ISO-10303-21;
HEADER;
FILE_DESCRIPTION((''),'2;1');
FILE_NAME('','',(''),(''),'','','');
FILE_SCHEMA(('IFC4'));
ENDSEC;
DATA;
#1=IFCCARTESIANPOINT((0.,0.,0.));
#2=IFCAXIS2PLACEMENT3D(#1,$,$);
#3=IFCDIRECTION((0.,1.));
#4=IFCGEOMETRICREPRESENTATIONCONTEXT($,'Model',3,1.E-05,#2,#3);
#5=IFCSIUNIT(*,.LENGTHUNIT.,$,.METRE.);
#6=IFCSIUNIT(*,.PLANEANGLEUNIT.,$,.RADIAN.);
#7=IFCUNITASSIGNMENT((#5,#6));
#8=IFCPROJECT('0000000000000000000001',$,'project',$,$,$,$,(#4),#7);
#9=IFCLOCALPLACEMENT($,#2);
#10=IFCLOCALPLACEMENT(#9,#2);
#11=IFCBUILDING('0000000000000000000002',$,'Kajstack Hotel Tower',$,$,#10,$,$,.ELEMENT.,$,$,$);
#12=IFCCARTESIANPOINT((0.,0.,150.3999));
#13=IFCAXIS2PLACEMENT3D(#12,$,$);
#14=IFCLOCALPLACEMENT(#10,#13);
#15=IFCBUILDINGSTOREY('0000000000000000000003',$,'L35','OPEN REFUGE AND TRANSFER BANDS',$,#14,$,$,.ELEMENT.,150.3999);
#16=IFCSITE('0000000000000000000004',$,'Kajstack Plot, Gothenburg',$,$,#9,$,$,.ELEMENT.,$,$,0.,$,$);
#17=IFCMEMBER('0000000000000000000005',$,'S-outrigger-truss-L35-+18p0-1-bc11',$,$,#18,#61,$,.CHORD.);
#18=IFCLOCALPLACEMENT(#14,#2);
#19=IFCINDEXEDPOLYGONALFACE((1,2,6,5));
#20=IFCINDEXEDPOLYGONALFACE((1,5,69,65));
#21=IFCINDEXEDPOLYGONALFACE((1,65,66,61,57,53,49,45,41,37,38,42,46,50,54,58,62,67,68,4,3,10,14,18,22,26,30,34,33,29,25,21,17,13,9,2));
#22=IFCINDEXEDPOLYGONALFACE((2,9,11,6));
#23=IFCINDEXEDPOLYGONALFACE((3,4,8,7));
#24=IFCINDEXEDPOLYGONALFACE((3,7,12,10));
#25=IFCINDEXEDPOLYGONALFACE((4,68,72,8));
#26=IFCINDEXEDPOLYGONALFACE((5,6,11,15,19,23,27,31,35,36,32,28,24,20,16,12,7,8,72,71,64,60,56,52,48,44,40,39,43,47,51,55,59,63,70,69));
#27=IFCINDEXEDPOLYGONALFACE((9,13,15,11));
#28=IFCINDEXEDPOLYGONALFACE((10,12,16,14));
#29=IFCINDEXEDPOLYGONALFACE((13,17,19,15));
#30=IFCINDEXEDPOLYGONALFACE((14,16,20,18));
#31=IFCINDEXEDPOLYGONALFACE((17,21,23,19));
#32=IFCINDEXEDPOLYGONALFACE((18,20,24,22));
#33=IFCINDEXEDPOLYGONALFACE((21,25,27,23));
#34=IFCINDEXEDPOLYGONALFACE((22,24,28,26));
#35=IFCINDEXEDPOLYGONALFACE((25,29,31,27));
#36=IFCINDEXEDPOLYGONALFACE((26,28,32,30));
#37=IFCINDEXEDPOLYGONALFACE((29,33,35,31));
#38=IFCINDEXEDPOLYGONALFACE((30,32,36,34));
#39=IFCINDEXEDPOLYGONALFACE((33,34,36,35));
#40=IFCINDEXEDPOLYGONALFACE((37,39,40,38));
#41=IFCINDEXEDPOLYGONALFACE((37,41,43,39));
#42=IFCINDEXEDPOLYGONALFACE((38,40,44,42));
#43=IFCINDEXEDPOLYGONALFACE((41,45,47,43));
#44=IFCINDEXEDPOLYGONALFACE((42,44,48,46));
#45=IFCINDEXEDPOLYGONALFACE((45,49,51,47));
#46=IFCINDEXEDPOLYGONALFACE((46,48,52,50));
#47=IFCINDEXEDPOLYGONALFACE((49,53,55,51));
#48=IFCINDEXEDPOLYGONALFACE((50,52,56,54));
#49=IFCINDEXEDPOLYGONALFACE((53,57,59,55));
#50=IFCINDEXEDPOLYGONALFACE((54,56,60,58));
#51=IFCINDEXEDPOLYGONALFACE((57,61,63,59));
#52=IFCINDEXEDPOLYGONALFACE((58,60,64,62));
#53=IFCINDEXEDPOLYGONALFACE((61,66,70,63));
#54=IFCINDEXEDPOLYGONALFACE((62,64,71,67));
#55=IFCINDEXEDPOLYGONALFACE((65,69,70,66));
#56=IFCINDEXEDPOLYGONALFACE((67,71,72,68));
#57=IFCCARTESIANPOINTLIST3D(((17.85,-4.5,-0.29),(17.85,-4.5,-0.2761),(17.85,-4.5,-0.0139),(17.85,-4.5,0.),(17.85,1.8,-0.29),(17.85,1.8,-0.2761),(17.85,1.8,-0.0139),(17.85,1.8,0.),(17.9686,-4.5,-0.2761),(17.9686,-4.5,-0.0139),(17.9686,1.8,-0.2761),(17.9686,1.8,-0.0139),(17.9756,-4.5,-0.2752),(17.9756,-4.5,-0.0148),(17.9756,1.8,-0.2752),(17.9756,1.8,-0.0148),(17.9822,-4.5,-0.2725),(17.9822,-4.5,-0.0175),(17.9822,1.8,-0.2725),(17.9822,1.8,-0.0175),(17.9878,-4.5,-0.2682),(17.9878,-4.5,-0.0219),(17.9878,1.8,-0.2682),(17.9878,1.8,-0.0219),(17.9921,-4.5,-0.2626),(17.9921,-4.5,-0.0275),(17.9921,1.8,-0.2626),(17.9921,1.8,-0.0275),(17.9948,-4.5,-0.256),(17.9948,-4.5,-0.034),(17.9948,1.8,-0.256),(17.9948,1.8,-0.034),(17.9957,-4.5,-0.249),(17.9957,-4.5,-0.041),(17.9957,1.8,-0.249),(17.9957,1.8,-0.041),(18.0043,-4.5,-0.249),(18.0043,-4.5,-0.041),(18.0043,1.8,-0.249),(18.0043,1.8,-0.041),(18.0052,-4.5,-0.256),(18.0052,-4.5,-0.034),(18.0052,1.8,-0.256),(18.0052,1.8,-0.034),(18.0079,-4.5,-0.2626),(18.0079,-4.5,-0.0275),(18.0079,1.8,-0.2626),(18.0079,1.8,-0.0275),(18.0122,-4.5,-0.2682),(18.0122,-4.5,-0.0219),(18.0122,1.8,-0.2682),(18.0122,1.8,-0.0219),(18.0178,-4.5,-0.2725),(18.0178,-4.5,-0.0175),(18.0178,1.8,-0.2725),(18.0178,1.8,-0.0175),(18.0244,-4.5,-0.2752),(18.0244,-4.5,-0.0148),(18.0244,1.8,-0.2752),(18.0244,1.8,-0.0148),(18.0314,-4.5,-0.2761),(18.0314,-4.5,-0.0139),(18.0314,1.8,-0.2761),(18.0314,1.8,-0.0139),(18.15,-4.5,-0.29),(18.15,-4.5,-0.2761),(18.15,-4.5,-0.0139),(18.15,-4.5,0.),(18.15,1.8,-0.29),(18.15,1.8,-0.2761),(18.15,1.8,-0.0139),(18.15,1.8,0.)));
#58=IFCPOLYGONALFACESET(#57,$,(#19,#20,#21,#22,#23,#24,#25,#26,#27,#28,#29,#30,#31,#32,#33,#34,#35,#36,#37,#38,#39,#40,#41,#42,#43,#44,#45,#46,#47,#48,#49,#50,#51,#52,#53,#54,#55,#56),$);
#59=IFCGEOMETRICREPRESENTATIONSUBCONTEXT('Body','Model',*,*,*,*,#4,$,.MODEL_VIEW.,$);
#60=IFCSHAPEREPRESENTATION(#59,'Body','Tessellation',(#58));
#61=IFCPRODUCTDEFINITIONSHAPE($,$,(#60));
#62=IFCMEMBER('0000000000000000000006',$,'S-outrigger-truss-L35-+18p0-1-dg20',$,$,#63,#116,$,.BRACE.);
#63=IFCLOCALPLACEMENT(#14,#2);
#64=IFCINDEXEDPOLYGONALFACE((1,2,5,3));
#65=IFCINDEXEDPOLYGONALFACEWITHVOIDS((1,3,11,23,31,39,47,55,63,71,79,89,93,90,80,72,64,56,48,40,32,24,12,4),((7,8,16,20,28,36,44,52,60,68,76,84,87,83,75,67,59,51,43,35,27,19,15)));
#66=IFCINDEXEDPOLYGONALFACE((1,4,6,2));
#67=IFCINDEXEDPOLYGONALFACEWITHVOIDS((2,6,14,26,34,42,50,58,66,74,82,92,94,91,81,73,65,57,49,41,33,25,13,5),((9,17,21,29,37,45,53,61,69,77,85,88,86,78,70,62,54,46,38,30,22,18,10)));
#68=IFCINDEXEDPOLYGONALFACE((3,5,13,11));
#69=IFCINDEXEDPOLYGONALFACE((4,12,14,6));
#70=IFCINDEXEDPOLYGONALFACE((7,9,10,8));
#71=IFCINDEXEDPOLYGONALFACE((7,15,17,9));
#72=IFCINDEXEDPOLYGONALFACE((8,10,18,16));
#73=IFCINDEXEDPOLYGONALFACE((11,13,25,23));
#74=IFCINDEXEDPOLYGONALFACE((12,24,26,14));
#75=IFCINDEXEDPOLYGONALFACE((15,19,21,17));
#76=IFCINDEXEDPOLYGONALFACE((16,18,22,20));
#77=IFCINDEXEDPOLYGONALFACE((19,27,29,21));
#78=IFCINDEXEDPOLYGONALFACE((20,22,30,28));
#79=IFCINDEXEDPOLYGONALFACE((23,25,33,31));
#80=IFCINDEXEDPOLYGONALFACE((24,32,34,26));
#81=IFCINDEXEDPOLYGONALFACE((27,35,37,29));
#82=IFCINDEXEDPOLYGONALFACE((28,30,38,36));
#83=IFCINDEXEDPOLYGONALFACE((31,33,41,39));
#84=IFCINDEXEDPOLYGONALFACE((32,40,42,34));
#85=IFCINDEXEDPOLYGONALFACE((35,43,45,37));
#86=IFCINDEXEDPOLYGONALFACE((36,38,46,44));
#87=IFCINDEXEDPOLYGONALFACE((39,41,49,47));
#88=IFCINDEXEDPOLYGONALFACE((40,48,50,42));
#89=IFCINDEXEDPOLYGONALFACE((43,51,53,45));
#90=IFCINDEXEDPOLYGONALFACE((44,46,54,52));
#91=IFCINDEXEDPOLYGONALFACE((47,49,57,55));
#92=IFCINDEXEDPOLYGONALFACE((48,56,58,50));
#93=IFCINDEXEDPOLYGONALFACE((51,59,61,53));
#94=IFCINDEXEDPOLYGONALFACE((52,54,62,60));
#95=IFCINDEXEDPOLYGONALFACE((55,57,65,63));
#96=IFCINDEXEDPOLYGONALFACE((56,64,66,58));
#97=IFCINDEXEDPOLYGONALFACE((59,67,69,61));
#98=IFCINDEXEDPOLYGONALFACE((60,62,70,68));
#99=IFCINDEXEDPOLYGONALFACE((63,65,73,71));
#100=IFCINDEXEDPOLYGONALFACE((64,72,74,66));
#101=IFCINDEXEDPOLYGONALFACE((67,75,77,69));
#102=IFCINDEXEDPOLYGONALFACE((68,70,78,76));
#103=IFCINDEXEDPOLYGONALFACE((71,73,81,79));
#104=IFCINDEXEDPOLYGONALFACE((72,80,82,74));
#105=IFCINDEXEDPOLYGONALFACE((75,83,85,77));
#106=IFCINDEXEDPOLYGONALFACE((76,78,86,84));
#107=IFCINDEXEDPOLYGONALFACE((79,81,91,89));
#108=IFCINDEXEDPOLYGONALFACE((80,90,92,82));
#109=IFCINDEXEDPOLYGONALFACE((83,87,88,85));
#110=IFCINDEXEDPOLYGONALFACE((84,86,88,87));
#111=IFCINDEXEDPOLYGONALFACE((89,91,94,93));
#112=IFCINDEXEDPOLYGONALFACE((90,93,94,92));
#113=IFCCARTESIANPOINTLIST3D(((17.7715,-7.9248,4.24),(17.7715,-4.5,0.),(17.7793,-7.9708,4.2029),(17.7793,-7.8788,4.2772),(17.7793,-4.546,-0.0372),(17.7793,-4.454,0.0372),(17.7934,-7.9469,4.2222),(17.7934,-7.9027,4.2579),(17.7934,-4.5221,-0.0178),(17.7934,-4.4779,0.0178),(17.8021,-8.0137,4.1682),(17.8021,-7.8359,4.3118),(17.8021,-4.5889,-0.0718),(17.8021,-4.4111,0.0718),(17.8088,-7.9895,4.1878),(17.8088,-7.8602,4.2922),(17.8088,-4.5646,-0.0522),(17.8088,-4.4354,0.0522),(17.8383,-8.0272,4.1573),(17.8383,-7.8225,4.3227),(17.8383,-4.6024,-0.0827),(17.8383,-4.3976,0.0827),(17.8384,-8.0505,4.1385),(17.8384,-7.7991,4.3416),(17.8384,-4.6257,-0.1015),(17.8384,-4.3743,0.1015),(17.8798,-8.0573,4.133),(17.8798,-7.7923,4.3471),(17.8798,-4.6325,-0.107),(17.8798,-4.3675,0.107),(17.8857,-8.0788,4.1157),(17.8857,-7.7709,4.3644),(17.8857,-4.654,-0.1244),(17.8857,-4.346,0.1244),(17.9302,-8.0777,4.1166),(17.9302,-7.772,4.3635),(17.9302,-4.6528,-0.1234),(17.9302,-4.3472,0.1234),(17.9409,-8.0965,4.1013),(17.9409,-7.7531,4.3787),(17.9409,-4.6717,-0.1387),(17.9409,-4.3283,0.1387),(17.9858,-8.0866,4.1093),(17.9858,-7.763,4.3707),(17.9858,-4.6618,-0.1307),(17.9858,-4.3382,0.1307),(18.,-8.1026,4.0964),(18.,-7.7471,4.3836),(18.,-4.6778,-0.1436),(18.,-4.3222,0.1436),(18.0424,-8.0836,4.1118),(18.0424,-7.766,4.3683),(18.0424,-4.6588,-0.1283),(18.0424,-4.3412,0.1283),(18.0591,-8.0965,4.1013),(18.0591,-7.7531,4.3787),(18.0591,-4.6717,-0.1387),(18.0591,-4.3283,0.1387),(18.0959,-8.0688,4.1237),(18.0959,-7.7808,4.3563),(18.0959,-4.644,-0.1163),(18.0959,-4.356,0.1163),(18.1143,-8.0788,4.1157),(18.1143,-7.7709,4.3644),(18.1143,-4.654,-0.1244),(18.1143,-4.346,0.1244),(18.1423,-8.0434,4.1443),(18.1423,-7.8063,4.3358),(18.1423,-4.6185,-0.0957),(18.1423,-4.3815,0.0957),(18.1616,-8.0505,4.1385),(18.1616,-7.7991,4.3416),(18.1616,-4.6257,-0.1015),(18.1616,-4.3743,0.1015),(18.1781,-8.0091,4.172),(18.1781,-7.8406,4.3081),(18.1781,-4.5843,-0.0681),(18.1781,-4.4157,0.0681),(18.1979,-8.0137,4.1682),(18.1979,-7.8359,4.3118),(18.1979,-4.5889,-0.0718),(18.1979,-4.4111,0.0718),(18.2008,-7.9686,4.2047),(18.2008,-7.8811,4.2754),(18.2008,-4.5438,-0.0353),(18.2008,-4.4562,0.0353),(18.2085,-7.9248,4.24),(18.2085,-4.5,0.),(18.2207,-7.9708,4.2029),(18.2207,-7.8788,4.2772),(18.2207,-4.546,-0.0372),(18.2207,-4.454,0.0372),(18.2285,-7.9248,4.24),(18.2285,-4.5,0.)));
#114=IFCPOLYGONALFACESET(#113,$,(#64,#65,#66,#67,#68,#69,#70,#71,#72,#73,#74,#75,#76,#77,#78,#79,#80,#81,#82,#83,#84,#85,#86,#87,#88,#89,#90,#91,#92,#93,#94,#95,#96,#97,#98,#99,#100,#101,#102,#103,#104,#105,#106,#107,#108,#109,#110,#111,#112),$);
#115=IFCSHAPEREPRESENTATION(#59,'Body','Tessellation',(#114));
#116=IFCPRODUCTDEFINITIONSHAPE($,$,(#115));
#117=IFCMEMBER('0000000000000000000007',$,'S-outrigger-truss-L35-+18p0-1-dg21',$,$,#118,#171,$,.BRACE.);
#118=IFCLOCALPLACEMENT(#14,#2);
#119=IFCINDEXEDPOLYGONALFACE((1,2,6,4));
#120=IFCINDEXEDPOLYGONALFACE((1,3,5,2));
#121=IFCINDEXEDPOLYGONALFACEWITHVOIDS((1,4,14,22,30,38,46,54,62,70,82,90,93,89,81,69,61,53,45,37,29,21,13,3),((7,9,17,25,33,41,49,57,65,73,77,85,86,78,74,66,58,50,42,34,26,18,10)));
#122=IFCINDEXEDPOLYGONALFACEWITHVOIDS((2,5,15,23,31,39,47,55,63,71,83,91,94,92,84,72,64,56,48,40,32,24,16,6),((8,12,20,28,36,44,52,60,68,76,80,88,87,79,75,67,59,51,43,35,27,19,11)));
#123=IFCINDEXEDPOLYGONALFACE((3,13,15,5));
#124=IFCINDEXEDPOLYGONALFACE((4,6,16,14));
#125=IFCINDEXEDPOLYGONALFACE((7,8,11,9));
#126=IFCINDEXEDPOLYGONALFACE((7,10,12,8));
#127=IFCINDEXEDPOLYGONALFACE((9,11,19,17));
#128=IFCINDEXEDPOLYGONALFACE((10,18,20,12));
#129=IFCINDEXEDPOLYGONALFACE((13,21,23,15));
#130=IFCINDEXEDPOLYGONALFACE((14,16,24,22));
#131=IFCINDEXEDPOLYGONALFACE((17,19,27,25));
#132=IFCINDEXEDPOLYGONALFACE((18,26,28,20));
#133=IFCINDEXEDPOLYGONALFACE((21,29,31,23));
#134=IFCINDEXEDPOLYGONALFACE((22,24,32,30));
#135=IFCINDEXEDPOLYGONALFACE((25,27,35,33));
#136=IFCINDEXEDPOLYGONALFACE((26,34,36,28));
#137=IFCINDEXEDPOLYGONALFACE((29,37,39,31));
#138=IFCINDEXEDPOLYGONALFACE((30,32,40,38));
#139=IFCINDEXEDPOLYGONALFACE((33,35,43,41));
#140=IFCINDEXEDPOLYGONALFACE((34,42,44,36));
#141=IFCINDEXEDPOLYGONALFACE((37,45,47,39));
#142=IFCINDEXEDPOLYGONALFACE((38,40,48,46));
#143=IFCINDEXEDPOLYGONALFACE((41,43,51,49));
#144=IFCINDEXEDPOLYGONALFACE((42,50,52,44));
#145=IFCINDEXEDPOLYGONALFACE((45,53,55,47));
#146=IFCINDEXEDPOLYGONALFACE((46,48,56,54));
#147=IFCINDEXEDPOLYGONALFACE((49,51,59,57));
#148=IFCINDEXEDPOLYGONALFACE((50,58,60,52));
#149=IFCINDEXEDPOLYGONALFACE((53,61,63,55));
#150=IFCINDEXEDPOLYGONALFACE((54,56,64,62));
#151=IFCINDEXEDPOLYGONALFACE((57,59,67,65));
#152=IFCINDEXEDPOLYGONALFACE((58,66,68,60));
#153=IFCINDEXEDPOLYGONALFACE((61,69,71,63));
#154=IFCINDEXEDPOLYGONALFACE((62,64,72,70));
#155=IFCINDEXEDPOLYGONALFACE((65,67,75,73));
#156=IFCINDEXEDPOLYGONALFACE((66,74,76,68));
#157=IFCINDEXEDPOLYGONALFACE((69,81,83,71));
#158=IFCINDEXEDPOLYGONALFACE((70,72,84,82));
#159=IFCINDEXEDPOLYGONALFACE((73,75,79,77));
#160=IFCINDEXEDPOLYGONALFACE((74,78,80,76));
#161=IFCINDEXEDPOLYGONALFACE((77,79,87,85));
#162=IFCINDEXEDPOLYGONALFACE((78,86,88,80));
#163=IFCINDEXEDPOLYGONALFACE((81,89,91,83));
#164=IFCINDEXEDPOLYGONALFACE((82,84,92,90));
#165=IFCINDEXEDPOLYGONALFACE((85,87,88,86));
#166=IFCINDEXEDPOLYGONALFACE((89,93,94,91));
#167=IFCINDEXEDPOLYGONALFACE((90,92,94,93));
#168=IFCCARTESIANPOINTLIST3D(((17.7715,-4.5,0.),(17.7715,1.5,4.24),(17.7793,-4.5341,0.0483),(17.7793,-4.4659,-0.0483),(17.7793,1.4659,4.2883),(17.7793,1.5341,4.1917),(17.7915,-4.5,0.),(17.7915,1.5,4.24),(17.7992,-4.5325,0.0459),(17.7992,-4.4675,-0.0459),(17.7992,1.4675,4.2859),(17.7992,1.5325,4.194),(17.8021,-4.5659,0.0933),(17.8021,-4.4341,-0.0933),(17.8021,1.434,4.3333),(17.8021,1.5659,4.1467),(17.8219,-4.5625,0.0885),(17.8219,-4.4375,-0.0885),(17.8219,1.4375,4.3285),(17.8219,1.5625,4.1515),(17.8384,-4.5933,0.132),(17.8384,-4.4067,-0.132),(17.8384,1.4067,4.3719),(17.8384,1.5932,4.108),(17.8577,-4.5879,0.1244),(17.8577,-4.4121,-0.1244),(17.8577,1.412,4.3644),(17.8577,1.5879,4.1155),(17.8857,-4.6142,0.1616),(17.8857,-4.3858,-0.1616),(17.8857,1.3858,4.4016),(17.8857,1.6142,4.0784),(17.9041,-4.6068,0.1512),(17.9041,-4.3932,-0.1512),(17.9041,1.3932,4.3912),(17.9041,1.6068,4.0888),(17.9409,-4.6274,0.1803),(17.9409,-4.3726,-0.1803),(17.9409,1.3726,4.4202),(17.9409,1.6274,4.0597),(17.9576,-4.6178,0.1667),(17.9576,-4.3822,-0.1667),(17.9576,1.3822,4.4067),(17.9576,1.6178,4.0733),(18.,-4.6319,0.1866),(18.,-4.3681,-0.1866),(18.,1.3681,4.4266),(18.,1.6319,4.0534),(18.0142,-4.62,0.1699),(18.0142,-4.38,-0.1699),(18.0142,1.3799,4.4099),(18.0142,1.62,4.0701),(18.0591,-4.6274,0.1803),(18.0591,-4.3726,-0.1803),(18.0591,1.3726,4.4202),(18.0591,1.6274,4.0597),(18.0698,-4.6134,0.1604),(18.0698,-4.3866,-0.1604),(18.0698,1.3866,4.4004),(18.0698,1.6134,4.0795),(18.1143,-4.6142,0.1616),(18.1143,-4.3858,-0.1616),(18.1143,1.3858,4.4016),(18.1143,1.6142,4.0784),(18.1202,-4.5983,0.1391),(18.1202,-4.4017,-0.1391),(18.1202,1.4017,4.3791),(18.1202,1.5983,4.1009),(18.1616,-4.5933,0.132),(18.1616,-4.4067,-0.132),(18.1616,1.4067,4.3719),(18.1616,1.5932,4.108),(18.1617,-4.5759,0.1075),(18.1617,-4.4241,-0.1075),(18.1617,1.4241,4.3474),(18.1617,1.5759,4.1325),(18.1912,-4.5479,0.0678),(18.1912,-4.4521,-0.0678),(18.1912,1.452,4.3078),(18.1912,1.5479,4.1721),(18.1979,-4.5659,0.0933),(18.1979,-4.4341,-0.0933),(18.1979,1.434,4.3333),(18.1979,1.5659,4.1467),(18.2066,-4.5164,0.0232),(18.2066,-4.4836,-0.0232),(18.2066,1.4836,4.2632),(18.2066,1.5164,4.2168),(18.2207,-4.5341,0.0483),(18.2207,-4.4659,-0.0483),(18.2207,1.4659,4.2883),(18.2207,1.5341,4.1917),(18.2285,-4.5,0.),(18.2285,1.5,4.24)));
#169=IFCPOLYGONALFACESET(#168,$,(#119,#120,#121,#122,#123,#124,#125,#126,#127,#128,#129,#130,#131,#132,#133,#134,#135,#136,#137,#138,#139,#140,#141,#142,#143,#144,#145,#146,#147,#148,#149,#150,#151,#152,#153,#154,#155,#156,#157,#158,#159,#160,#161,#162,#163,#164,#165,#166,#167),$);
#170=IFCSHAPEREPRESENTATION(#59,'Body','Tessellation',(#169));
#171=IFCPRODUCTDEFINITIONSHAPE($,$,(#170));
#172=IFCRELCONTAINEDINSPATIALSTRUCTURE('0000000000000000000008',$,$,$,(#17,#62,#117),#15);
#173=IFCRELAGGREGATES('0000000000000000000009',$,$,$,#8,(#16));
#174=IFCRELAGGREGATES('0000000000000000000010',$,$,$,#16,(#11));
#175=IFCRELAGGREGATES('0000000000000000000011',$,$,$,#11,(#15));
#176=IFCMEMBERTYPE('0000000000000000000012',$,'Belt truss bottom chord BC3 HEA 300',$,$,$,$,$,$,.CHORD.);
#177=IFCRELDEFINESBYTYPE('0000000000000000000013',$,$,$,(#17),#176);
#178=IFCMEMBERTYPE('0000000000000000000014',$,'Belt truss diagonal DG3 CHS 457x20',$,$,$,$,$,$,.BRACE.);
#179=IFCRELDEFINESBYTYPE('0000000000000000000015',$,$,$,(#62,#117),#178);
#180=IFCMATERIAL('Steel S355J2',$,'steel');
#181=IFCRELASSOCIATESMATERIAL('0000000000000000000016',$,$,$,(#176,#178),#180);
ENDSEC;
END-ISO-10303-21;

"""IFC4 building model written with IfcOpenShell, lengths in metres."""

from ifc_helpers import new_model, si_unit, direction, frame, origin, origin_2d, place, context, subcontext, project, spatial, hollow_circle, i_section, extrude, material, material_profile, profile_set, type_object, element, save


model = new_model("IFC4")

# Units and contexts
model_context = context("Model", 3, precision=1e-05, world=origin(), true_north=direction((0.0, 1.0)))
body_context = subcontext(model_context, "Body", "Model", "MODEL_VIEW")
ifc_project = project(units=[si_unit("LENGTHUNIT", "METRE"), si_unit("PLANEANGLEUNIT", "RADIAN")], contexts=[model_context])

# Site, building, storey
site_placement = place(None, origin())
site = spatial("IfcSite", under=ifc_project, at=site_placement, Name="Kajstack Plot, Gothenburg", CompositionType="ELEMENT", RefElevation=0.0)
building_placement = place(site_placement, origin())
building = spatial("IfcBuilding", under=site, at=building_placement, Name="Kajstack Hotel Tower", CompositionType="ELEMENT")
storey_placement = place(building_placement, frame((0.0, 0.0, 150.3999)))
storey = spatial("IfcBuildingStorey", under=building, at=storey_placement, Name="L35", Description="OPEN REFUGE AND TRANSFER BANDS", CompositionType="ELEMENT", Elevation=150.3999)

# Members
ifc_material_1 = material(Name="Steel S355J2", Category="steel")
ifc_material_profile_1 = material_profile(ifc_material_1, i_section(OverallWidth=0.3, OverallDepth=0.29, WebThickness=0.0085, FlangeThickness=0.0139, FilletRadius=0.0271, at=origin_2d()), Name="HEA 300")
ifc_profile_set_1 = profile_set([ifc_material_profile_1], Name="Steel S355J2")
member_type_1 = type_object("IfcMemberType", Name="Belt truss bottom chord BC3 HEA 300", PredefinedType="CHORD", material=ifc_profile_set_1)
member_1_placement = place(storey_placement, frame((18.0, -4.5, -0.145), z_axis=(0.0, 1.0, 0.0), x_axis=(-1.0, 0.0, 0.0)))
element("IfcMember", 1, at=member_1_placement, inside=storey, type_object=member_type_1, Name="S-outrigger-truss-L35-+18p0-1-bc11", PredefinedType="CHORD", context=body_context, shape_type="SweptSolid", body=[
    extrude(i_section(OverallWidth=0.3, OverallDepth=0.29, WebThickness=0.0085, FlangeThickness=0.0139, FilletRadius=0.0271, at=origin_2d()), origin(), (0.0, 0.0, 1.0), 6.3),
])
ifc_material_profile_2 = material_profile(ifc_material_1, hollow_circle(Radius=0.2285, WallThickness=0.02, at=origin_2d()), Name="CHS 457x20")
ifc_profile_set_2 = profile_set([ifc_material_profile_2], Name="Steel S355J2")
member_type_2 = type_object("IfcMemberType", Name="Belt truss diagonal DG3 CHS 457x20", PredefinedType="BRACE", material=ifc_profile_set_2)
member_2_placement = place(storey_placement, frame((18.0, -4.5, 0.0), z_axis=(0.0, -0.628359, 0.777923), x_axis=(1.0, 0.0, 0.0)))
element("IfcMember", 2, at=member_2_placement, inside=storey, type_object=member_type_2, Name="S-outrigger-truss-L35-+18p0-1-dg20", PredefinedType="BRACE", context=body_context, shape_type="SweptSolid", body=[
    extrude(hollow_circle(Radius=0.2285, WallThickness=0.02, at=origin_2d()), origin(), (0.0, 0.0, 1.0), 5.4504),
])
member_3_placement = place(storey_placement, frame((18.0, -4.5, 0.0), z_axis=(0.0, 0.816667, 0.57711), x_axis=(-1.0, 0.0, 0.0)))
element("IfcMember", 3, at=member_3_placement, inside=storey, type_object=member_type_2, Name="S-outrigger-truss-L35-+18p0-1-dg21", PredefinedType="BRACE", context=body_context, shape_type="SweptSolid", body=[
    extrude(hollow_circle(Radius=0.2285, WallThickness=0.02, at=origin_2d()), origin(), (0.0, 0.0, 1.0), 7.3469),
])

save(model, "model.ifc")
